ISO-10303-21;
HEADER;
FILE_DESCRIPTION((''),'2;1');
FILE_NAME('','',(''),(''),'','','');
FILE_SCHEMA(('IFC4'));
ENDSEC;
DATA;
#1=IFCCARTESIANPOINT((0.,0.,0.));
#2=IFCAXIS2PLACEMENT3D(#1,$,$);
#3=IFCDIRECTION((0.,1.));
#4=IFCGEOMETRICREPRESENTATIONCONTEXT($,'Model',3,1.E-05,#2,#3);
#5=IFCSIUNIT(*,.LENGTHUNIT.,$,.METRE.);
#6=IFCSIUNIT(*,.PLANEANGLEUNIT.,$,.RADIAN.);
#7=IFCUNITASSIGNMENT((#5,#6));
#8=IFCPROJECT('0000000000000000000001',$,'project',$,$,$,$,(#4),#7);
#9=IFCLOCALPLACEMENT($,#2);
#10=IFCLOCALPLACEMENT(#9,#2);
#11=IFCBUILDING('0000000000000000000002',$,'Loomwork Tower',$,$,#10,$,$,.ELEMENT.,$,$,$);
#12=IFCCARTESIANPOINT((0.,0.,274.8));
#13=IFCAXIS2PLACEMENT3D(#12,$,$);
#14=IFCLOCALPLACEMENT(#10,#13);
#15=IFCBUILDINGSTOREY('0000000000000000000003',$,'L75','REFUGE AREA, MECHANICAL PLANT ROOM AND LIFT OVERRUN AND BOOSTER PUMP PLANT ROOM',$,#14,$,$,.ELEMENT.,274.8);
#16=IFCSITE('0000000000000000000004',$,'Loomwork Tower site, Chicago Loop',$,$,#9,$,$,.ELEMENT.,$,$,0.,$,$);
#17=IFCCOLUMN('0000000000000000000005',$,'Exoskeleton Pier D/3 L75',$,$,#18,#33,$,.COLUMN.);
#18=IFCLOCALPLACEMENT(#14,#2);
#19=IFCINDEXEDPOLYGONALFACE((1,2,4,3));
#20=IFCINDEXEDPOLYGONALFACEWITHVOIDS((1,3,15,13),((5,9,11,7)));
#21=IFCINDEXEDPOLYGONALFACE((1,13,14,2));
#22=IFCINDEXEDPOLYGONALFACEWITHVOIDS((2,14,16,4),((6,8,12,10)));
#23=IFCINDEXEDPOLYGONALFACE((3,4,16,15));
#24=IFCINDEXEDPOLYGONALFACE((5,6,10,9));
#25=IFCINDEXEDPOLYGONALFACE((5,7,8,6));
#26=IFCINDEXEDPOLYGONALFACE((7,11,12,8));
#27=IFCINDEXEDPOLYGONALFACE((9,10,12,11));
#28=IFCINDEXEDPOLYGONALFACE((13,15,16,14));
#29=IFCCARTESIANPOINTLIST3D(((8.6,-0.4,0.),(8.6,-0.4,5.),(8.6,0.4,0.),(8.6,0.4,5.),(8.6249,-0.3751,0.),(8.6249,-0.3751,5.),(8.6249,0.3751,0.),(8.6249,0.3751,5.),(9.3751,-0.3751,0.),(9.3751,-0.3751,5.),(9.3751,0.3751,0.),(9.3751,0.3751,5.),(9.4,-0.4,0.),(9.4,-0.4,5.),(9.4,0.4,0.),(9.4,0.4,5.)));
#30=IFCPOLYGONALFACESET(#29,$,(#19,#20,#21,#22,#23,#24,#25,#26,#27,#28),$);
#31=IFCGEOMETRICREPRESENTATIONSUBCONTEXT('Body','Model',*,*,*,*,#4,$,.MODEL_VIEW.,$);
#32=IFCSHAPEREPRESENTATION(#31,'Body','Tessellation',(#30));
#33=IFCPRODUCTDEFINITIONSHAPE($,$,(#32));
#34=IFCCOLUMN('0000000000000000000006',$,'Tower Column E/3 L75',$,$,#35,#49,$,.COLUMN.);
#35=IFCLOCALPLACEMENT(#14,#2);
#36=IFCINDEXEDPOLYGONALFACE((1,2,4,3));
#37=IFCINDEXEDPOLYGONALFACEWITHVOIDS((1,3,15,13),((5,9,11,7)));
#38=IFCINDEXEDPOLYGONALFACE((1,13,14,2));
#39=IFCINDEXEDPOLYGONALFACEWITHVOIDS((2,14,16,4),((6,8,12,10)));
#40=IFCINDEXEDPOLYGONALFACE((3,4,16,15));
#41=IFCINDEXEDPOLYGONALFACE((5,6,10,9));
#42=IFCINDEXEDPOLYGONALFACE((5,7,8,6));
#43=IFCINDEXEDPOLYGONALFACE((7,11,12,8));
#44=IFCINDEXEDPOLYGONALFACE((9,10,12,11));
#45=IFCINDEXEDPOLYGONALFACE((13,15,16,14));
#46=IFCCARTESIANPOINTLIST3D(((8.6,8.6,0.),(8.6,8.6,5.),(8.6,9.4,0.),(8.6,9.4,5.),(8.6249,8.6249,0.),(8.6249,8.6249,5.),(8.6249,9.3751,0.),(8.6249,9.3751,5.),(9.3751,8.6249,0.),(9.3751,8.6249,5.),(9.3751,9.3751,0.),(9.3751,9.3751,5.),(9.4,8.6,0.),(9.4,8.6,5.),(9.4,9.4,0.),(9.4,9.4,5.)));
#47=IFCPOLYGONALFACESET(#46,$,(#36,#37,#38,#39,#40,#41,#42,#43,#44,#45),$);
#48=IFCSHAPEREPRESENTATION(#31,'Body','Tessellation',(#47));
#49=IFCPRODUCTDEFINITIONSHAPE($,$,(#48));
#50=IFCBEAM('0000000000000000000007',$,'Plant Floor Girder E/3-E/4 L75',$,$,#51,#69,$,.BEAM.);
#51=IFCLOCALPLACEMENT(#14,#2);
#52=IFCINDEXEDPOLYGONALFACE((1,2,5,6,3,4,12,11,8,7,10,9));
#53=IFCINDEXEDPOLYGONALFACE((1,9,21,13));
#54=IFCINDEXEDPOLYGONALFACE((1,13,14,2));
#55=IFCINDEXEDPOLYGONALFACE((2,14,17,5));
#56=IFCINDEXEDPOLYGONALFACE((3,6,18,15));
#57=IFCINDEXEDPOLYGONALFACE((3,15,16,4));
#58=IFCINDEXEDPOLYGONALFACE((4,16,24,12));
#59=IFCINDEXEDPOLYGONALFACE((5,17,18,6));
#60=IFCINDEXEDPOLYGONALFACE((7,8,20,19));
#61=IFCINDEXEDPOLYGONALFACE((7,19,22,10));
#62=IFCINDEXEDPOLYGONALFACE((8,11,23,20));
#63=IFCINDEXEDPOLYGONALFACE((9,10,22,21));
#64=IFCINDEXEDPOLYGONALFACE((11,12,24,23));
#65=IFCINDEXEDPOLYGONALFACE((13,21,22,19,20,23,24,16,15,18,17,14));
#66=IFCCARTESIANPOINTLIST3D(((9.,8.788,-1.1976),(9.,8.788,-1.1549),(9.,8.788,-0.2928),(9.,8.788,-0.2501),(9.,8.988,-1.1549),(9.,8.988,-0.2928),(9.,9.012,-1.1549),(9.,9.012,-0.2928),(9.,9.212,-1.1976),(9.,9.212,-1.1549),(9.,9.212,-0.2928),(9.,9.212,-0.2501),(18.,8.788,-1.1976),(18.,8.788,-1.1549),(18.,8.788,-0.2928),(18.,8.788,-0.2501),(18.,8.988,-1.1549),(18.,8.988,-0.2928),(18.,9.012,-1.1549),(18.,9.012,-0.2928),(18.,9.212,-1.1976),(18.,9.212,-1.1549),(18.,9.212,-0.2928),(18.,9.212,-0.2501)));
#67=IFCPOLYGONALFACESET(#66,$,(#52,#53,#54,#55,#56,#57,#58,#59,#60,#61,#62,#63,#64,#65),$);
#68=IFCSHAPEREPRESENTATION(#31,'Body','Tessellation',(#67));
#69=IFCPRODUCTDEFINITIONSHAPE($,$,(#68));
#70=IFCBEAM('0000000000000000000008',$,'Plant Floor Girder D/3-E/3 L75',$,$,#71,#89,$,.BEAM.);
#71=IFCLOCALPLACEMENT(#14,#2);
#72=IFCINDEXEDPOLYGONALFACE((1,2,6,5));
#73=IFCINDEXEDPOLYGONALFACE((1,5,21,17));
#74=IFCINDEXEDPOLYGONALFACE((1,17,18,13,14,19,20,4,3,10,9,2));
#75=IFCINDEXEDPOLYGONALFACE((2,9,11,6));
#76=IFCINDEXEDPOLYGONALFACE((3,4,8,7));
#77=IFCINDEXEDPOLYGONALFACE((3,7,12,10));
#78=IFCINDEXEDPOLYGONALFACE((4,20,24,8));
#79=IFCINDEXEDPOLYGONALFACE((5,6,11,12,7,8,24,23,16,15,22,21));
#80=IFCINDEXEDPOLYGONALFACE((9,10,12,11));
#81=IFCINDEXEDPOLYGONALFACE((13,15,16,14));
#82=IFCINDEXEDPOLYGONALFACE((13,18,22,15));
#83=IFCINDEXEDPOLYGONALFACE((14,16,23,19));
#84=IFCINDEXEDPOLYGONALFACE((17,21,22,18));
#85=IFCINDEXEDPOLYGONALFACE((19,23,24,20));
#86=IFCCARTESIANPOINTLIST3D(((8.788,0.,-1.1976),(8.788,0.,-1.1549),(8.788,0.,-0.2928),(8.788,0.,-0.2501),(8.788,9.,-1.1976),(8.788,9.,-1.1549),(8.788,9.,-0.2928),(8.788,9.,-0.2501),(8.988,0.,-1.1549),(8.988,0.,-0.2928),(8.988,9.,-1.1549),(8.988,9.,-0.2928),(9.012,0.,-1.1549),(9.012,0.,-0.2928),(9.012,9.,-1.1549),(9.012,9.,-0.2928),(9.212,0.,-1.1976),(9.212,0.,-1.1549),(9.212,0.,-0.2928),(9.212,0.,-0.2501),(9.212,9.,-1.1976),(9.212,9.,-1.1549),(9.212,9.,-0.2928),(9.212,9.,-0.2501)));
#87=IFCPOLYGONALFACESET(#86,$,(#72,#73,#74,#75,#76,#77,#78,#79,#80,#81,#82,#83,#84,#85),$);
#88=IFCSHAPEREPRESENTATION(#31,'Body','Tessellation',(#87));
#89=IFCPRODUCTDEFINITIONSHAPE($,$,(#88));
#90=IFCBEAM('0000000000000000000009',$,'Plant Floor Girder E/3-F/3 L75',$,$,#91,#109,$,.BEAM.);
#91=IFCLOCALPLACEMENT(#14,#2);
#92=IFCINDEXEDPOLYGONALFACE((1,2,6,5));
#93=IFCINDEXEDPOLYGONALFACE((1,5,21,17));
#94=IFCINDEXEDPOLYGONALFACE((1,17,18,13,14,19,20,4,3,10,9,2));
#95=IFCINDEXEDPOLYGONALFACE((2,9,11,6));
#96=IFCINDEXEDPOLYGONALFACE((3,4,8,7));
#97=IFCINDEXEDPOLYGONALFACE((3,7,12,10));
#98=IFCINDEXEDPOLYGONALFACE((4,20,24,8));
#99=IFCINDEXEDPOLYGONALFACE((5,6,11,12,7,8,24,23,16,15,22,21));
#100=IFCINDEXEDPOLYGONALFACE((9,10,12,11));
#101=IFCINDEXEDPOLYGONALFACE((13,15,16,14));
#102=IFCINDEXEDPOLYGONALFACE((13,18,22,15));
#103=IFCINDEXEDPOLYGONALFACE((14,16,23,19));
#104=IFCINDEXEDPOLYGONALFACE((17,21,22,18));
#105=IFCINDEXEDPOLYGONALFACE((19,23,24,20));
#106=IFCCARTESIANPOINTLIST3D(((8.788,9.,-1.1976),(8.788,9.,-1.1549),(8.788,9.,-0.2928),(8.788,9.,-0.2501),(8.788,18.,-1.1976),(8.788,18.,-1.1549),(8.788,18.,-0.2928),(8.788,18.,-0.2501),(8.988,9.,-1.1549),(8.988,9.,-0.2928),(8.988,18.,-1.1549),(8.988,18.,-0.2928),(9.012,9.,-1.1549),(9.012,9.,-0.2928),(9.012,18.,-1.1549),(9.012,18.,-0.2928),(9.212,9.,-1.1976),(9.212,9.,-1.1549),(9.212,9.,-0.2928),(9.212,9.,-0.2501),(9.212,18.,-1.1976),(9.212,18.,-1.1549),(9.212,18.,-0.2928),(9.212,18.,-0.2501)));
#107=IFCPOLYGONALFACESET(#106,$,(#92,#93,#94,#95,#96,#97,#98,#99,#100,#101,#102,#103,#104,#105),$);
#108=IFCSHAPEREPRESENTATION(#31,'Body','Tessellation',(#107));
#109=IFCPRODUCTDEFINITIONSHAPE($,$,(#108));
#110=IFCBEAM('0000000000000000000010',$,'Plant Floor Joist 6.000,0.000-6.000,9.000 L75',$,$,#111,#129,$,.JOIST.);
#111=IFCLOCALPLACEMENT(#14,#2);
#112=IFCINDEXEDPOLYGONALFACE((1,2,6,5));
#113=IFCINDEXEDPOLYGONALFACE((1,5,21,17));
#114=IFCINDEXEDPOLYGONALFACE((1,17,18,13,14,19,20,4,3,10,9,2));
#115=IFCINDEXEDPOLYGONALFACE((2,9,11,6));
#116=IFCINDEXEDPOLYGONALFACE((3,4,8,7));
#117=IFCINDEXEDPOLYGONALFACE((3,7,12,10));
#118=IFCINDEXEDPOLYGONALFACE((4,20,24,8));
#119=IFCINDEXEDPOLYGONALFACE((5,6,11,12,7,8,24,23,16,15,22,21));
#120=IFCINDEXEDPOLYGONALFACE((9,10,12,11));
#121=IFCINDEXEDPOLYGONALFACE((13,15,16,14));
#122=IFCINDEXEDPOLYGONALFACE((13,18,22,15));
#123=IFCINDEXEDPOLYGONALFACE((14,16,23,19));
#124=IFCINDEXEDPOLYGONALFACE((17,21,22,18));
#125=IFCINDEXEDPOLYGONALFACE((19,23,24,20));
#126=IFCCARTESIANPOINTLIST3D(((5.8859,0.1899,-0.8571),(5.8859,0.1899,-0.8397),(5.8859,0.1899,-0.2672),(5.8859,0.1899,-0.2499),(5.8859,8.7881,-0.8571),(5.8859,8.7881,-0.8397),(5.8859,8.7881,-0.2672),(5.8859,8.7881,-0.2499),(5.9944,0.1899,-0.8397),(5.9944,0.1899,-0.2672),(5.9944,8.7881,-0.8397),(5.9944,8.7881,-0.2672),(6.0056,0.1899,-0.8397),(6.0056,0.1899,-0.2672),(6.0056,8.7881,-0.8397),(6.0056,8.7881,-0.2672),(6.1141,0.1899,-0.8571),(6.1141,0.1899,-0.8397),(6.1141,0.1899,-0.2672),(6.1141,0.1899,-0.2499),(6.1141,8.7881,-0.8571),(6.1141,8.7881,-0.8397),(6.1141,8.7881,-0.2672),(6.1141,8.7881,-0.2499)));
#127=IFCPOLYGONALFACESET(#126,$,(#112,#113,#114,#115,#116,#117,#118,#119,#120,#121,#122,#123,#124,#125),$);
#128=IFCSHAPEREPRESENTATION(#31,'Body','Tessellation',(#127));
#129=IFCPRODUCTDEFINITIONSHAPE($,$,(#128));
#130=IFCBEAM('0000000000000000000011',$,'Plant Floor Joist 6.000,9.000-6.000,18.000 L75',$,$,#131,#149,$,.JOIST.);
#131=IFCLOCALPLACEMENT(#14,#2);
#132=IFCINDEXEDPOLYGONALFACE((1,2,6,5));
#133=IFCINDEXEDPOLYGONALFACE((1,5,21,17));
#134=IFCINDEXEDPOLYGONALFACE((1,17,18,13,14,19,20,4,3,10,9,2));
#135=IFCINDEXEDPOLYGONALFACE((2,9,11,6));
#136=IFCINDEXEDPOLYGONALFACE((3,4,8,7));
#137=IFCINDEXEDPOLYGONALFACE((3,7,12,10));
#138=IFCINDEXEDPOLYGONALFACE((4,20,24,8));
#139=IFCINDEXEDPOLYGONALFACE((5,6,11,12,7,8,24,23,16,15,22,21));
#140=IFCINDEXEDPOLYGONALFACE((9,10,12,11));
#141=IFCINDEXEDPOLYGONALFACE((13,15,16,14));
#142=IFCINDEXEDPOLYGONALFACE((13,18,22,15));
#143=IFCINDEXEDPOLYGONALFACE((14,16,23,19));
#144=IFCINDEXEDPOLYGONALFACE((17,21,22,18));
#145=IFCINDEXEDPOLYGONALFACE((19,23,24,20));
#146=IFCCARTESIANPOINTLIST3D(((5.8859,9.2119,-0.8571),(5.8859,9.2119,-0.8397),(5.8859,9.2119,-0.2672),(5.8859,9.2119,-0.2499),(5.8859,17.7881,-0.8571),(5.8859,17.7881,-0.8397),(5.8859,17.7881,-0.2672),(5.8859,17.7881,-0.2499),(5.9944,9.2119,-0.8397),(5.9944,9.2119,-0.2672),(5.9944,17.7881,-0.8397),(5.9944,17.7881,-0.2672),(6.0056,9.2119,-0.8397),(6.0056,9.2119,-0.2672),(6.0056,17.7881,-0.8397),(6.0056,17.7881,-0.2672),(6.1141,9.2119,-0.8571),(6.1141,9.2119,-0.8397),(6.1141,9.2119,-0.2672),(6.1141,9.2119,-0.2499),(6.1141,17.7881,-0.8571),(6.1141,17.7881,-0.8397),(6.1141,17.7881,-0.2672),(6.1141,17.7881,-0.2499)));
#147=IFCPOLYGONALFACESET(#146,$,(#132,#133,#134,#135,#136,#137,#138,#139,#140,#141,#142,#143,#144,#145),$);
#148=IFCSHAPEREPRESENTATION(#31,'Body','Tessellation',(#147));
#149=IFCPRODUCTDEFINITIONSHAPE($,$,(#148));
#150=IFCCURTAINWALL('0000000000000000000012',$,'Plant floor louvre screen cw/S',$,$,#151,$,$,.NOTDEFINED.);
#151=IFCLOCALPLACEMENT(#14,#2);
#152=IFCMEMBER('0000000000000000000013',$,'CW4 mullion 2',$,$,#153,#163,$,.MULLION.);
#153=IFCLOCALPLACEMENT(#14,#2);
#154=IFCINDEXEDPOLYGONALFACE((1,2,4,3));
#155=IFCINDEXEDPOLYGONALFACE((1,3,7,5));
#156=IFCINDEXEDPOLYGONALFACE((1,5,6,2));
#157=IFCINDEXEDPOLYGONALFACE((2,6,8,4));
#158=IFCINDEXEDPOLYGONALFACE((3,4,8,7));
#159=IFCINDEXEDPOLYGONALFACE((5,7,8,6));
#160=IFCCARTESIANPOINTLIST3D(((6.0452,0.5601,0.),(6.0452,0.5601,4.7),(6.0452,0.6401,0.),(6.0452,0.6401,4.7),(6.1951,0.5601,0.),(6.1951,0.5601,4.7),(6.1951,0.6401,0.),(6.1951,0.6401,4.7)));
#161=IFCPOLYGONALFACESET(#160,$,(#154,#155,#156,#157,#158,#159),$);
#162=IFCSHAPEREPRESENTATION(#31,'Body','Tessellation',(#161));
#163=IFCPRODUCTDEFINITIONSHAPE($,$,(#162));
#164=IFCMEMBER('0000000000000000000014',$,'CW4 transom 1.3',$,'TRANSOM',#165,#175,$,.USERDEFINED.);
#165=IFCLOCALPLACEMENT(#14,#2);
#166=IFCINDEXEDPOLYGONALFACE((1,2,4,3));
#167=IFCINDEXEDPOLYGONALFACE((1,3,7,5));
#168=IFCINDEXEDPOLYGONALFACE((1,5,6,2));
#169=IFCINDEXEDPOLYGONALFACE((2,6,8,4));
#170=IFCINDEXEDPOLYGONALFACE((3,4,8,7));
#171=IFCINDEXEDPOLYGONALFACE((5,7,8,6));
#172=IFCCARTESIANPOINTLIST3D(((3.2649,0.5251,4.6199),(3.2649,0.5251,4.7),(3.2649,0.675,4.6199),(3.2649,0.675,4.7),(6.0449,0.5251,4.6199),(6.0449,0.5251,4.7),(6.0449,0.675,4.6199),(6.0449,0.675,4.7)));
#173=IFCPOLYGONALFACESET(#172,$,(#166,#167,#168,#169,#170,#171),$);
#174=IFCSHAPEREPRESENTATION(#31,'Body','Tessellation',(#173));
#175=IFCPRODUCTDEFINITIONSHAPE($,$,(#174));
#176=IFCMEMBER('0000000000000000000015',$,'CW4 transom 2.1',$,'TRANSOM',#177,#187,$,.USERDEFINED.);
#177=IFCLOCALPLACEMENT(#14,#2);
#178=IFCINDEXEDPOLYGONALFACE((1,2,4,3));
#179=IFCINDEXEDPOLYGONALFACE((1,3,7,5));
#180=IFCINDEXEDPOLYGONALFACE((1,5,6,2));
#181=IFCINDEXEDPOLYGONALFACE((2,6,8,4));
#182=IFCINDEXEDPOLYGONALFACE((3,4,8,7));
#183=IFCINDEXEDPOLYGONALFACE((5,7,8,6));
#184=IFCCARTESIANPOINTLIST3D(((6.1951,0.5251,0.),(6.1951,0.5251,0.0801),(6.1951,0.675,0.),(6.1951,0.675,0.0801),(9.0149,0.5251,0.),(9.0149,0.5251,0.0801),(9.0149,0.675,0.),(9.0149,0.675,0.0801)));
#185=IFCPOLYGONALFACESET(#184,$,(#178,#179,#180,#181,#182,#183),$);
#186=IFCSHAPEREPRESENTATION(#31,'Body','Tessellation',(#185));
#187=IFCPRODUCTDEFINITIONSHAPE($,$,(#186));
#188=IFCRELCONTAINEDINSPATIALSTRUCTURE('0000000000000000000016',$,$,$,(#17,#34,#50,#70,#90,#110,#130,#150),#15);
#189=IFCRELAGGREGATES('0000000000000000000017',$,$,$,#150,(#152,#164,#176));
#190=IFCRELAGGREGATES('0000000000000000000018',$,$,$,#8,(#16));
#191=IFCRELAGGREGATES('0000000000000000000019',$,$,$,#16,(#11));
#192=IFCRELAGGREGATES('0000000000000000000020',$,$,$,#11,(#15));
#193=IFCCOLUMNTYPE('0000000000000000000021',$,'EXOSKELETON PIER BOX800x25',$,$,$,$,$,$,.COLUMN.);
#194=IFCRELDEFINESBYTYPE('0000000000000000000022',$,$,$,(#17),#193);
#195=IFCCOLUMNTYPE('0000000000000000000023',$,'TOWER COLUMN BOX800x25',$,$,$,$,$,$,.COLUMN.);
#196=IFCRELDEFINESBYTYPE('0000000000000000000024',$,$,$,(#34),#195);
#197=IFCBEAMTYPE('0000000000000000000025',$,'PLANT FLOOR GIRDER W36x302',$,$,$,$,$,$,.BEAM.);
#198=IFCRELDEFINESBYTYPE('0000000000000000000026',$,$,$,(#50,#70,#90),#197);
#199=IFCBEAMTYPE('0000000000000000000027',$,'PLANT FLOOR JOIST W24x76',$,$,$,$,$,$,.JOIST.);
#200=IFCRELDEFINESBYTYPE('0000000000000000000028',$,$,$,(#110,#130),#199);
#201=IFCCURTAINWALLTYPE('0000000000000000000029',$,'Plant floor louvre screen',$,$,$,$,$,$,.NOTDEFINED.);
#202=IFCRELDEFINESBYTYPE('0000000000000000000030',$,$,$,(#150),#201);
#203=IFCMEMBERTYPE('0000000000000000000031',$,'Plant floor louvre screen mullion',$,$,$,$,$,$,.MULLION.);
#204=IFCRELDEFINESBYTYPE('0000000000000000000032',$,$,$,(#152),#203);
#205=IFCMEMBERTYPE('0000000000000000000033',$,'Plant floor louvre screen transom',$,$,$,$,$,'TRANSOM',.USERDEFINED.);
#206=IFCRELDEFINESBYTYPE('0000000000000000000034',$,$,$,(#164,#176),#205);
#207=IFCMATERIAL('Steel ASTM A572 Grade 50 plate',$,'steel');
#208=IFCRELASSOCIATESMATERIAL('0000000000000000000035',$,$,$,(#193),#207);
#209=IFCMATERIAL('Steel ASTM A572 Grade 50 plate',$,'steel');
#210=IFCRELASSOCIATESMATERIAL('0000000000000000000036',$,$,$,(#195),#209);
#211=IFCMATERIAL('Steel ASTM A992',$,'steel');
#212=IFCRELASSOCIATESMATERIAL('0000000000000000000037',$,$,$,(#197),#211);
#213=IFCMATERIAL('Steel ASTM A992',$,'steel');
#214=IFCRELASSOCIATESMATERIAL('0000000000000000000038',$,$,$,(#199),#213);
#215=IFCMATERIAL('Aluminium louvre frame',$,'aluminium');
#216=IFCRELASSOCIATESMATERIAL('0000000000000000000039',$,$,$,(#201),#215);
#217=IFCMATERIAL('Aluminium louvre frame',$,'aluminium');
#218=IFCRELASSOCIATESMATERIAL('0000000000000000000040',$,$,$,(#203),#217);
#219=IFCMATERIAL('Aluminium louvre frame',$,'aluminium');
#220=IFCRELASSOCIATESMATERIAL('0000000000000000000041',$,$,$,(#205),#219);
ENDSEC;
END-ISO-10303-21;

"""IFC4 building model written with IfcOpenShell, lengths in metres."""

from ifc_helpers import new_model, si_unit, direction, frame, origin, origin_2d, place, context, subcontext, project, spatial, rectangle, hollow_rectangle, i_section, extrude, material, material_profile, profile_set, type_object, element, aggregate, save


model = new_model("IFC4")

# Units and contexts
model_context = context("Model", 3, precision=1e-05, world=origin(), true_north=direction((0.0, 1.0)))
body_context = subcontext(model_context, "Body", "Model", "MODEL_VIEW")
ifc_project = project(units=[si_unit("LENGTHUNIT", "METRE"), si_unit("PLANEANGLEUNIT", "RADIAN")], contexts=[model_context])

# Site, building, storey
site_placement = place(None, origin())
site = spatial("IfcSite", under=ifc_project, at=site_placement, Name="Loomwork Tower site, Chicago Loop", CompositionType="ELEMENT", RefElevation=0.0)
building_placement = place(site_placement, origin())
building = spatial("IfcBuilding", under=site, at=building_placement, Name="Loomwork Tower", CompositionType="ELEMENT")
storey_placement = place(building_placement, frame((0.0, 0.0, 274.8)))
storey = spatial("IfcBuildingStorey", under=building, at=storey_placement, Name="L75", Description="REFUGE AREA, MECHANICAL PLANT ROOM AND LIFT OVERRUN AND BOOSTER PUMP PLANT ROOM", CompositionType="ELEMENT", Elevation=274.8)

# Columns
ifc_material_1 = material(Name="Steel ASTM A572 Grade 50 plate", Category="steel")
ifc_material_profile_1 = material_profile(ifc_material_1, hollow_rectangle(XDim=0.8, YDim=0.8, WallThickness=0.0249, at=origin_2d()), Name="BOX800x25")
ifc_profile_set_1 = profile_set([ifc_material_profile_1], Name="Steel ASTM A572 Grade 50 plate")
column_type_1 = type_object("IfcColumnType", Name="EXOSKELETON PIER BOX800x25", PredefinedType="COLUMN", material=ifc_profile_set_1)
column_1_placement = place(storey_placement, frame((9.0, 0.0, 0.0), z_axis=(0.0, 0.0, 1.0), x_axis=(1.0, 0.0, 0.0)))
element("IfcColumn", 1, at=column_1_placement, inside=storey, type_object=column_type_1, Name="Exoskeleton Pier D/3 L75", PredefinedType="COLUMN", context=body_context, shape_type="SweptSolid", body=[
    extrude(hollow_rectangle(XDim=0.8, YDim=0.8, WallThickness=0.0249, at=origin_2d()), origin(), (0.0, 0.0, 1.0), 5.0),
])
ifc_material_2 = material(Name="Steel ASTM A572 Grade 50 plate", Category="steel")
ifc_material_profile_2 = material_profile(ifc_material_2, hollow_rectangle(XDim=0.8, YDim=0.8, WallThickness=0.0249, at=origin_2d()), Name="BOX800x25")
ifc_profile_set_2 = profile_set([ifc_material_profile_2], Name="Steel ASTM A572 Grade 50 plate")
column_type_2 = type_object("IfcColumnType", Name="TOWER COLUMN BOX800x25", PredefinedType="COLUMN", material=ifc_profile_set_2)
column_2_placement = place(storey_placement, frame((9.0, 9.0, 0.0), z_axis=(0.0, 0.0, 1.0), x_axis=(1.0, 0.0, 0.0)))
element("IfcColumn", 2, at=column_2_placement, inside=storey, type_object=column_type_2, Name="Tower Column E/3 L75", PredefinedType="COLUMN", context=body_context, shape_type="SweptSolid", body=[
    extrude(hollow_rectangle(XDim=0.8, YDim=0.8, WallThickness=0.0249, at=origin_2d()), origin(), (0.0, 0.0, 1.0), 5.0),
])

# Beams
ifc_material_3 = material(Name="Steel ASTM A992", Category="steel")
ifc_material_profile_3 = material_profile(ifc_material_3, i_section(OverallWidth=0.4241, OverallDepth=0.9475, WebThickness=0.0239, FlangeThickness=0.0427, at=origin_2d()), Name="W36x302")
ifc_profile_set_3 = profile_set([ifc_material_profile_3], Name="Steel ASTM A992")
beam_type_1 = type_object("IfcBeamType", Name="PLANT FLOOR GIRDER W36x302", PredefinedType="BEAM", material=ifc_profile_set_3)
for number, where, z_axis, x_axis, name in (
    (3, (9.0, 9.0, -0.7239), (1.0, 0.0, 0.0), (0.0, 1.0, 0.0), "Plant Floor Girder E/3-E/4 L75"),
    (4, (9.0, 0.0, -0.7239), (0.0, 1.0, 0.0), (-1.0, 0.0, 0.0), "Plant Floor Girder D/3-E/3 L75"),
    (5, (9.0, 9.0, -0.7239), (0.0, 1.0, 0.0), (-1.0, 0.0, 0.0), "Plant Floor Girder E/3-F/3 L75"),
):
    element("IfcBeam", number, at=place(storey_placement, frame(where, z_axis=z_axis, x_axis=x_axis)), inside=storey, type_object=beam_type_1, Name=name, PredefinedType="BEAM", context=body_context, shape_type="SweptSolid", body=[
        extrude(i_section(OverallWidth=0.4241, OverallDepth=0.9475, WebThickness=0.0239, FlangeThickness=0.0427, at=origin_2d()), origin(), (0.0, 0.0, 1.0), 9.0),
    ])
ifc_material_4 = material(Name="Steel ASTM A992", Category="steel")
ifc_material_profile_4 = material_profile(ifc_material_4, i_section(OverallWidth=0.2283, OverallDepth=0.6072, WebThickness=0.0112, FlangeThickness=0.0173, at=origin_2d()), Name="W24x76")
ifc_profile_set_4 = profile_set([ifc_material_profile_4], Name="Steel ASTM A992")
beam_type_2 = type_object("IfcBeamType", Name="PLANT FLOOR JOIST W24x76", PredefinedType="JOIST", material=ifc_profile_set_4)
beam_1_placement = place(storey_placement, frame((6.0, 0.1899, -0.5535), z_axis=(0.0, 1.0, 0.0), x_axis=(-1.0, 0.0, 0.0)))
element("IfcBeam", 6, at=beam_1_placement, inside=storey, type_object=beam_type_2, Name="Plant Floor Joist 6.000,0.000-6.000,9.000 L75", PredefinedType="JOIST", context=body_context, shape_type="SweptSolid", body=[
    extrude(i_section(OverallWidth=0.2283, OverallDepth=0.6072, WebThickness=0.0112, FlangeThickness=0.0173, at=origin_2d()), origin(), (0.0, 0.0, 1.0), 8.5981),
])
beam_2_placement = place(storey_placement, frame((6.0, 9.2119, -0.5535), z_axis=(0.0, 1.0, 0.0), x_axis=(-1.0, 0.0, 0.0)))
element("IfcBeam", 7, at=beam_2_placement, inside=storey, type_object=beam_type_2, Name="Plant Floor Joist 6.000,9.000-6.000,18.000 L75", PredefinedType="JOIST", context=body_context, shape_type="SweptSolid", body=[
    extrude(i_section(OverallWidth=0.2283, OverallDepth=0.6072, WebThickness=0.0112, FlangeThickness=0.0173, at=origin_2d()), origin(), (0.0, 0.0, 1.0), 8.5762),
])

# Curtain wall, members
ifc_material_5 = material(Name="Aluminium louvre frame", Category="aluminium")
curtain_wall_type = type_object("IfcCurtainWallType", Name="Plant floor louvre screen", PredefinedType="NOTDEFINED", material=ifc_material_5)
curtain_wall_placement = place(storey_placement, origin())
curtain_wall = element("IfcCurtainWall", 8, at=curtain_wall_placement, inside=storey, type_object=curtain_wall_type, Name="Plant floor louvre screen cw/S", PredefinedType="NOTDEFINED")
ifc_material_6 = material(Name="Aluminium louvre frame", Category="aluminium")
ifc_material_profile_5 = material_profile(ifc_material_6, rectangle(XDim=0.0801, YDim=0.1499, at=origin_2d()), Name="AL 80x150")
ifc_profile_set_5 = profile_set([ifc_material_profile_5], Name="Aluminium louvre frame")
member_type_1 = type_object("IfcMemberType", Name="Plant floor louvre screen mullion", PredefinedType="MULLION", material=ifc_profile_set_5)
member_1_placement = place(storey_placement, frame((6.1201, 0.6001, 0.0), z_axis=(0.0, 0.0, 1.0), x_axis=(0.0, 1.0, 0.0)))
member_1 = element("IfcMember", 9, at=member_1_placement, type_object=member_type_1, Name="CW4 mullion 2", PredefinedType="MULLION", context=body_context, shape_type="SweptSolid", body=[
    extrude(rectangle(XDim=0.0801, YDim=0.1499, at=origin_2d()), origin(), (0.0, 0.0, 1.0), 4.7),
])
ifc_material_7 = material(Name="Aluminium louvre frame", Category="aluminium")
ifc_material_profile_6 = material_profile(ifc_material_7, rectangle(XDim=0.1499, YDim=0.0801, at=origin_2d()), Name="AL 80x150")
ifc_profile_set_6 = profile_set([ifc_material_profile_6], Name="Aluminium louvre frame")
member_type_2 = type_object("IfcMemberType", Name="Plant floor louvre screen transom", ElementType="TRANSOM", PredefinedType="USERDEFINED", material=ifc_profile_set_6)
member_2_placement = place(storey_placement, frame((3.2649, 0.6001, 4.6599), z_axis=(1.0, 0.0, 0.0), x_axis=(0.0, 1.0, 0.0)))
member_2 = element("IfcMember", 10, at=member_2_placement, type_object=member_type_2, Name="CW4 transom 1.3", ObjectType="TRANSOM", PredefinedType="USERDEFINED", context=body_context, shape_type="SweptSolid", body=[
    extrude(rectangle(XDim=0.1499, YDim=0.0801, at=origin_2d()), origin(), (0.0, 0.0, 1.0), 2.78),
])
member_3_placement = place(storey_placement, frame((6.1951, 0.6001, 0.04), z_axis=(1.0, 0.0, 0.0), x_axis=(0.0, 1.0, 0.0)))
member_3 = element("IfcMember", 11, at=member_3_placement, type_object=member_type_2, Name="CW4 transom 2.1", ObjectType="TRANSOM", PredefinedType="USERDEFINED", context=body_context, shape_type="SweptSolid", body=[
    extrude(rectangle(XDim=0.1499, YDim=0.0801, at=origin_2d()), origin(), (0.0, 0.0, 1.0), 2.8198),
])

aggregate(curtain_wall, [member_1, member_2, member_3])

save(model, "model.ifc")
